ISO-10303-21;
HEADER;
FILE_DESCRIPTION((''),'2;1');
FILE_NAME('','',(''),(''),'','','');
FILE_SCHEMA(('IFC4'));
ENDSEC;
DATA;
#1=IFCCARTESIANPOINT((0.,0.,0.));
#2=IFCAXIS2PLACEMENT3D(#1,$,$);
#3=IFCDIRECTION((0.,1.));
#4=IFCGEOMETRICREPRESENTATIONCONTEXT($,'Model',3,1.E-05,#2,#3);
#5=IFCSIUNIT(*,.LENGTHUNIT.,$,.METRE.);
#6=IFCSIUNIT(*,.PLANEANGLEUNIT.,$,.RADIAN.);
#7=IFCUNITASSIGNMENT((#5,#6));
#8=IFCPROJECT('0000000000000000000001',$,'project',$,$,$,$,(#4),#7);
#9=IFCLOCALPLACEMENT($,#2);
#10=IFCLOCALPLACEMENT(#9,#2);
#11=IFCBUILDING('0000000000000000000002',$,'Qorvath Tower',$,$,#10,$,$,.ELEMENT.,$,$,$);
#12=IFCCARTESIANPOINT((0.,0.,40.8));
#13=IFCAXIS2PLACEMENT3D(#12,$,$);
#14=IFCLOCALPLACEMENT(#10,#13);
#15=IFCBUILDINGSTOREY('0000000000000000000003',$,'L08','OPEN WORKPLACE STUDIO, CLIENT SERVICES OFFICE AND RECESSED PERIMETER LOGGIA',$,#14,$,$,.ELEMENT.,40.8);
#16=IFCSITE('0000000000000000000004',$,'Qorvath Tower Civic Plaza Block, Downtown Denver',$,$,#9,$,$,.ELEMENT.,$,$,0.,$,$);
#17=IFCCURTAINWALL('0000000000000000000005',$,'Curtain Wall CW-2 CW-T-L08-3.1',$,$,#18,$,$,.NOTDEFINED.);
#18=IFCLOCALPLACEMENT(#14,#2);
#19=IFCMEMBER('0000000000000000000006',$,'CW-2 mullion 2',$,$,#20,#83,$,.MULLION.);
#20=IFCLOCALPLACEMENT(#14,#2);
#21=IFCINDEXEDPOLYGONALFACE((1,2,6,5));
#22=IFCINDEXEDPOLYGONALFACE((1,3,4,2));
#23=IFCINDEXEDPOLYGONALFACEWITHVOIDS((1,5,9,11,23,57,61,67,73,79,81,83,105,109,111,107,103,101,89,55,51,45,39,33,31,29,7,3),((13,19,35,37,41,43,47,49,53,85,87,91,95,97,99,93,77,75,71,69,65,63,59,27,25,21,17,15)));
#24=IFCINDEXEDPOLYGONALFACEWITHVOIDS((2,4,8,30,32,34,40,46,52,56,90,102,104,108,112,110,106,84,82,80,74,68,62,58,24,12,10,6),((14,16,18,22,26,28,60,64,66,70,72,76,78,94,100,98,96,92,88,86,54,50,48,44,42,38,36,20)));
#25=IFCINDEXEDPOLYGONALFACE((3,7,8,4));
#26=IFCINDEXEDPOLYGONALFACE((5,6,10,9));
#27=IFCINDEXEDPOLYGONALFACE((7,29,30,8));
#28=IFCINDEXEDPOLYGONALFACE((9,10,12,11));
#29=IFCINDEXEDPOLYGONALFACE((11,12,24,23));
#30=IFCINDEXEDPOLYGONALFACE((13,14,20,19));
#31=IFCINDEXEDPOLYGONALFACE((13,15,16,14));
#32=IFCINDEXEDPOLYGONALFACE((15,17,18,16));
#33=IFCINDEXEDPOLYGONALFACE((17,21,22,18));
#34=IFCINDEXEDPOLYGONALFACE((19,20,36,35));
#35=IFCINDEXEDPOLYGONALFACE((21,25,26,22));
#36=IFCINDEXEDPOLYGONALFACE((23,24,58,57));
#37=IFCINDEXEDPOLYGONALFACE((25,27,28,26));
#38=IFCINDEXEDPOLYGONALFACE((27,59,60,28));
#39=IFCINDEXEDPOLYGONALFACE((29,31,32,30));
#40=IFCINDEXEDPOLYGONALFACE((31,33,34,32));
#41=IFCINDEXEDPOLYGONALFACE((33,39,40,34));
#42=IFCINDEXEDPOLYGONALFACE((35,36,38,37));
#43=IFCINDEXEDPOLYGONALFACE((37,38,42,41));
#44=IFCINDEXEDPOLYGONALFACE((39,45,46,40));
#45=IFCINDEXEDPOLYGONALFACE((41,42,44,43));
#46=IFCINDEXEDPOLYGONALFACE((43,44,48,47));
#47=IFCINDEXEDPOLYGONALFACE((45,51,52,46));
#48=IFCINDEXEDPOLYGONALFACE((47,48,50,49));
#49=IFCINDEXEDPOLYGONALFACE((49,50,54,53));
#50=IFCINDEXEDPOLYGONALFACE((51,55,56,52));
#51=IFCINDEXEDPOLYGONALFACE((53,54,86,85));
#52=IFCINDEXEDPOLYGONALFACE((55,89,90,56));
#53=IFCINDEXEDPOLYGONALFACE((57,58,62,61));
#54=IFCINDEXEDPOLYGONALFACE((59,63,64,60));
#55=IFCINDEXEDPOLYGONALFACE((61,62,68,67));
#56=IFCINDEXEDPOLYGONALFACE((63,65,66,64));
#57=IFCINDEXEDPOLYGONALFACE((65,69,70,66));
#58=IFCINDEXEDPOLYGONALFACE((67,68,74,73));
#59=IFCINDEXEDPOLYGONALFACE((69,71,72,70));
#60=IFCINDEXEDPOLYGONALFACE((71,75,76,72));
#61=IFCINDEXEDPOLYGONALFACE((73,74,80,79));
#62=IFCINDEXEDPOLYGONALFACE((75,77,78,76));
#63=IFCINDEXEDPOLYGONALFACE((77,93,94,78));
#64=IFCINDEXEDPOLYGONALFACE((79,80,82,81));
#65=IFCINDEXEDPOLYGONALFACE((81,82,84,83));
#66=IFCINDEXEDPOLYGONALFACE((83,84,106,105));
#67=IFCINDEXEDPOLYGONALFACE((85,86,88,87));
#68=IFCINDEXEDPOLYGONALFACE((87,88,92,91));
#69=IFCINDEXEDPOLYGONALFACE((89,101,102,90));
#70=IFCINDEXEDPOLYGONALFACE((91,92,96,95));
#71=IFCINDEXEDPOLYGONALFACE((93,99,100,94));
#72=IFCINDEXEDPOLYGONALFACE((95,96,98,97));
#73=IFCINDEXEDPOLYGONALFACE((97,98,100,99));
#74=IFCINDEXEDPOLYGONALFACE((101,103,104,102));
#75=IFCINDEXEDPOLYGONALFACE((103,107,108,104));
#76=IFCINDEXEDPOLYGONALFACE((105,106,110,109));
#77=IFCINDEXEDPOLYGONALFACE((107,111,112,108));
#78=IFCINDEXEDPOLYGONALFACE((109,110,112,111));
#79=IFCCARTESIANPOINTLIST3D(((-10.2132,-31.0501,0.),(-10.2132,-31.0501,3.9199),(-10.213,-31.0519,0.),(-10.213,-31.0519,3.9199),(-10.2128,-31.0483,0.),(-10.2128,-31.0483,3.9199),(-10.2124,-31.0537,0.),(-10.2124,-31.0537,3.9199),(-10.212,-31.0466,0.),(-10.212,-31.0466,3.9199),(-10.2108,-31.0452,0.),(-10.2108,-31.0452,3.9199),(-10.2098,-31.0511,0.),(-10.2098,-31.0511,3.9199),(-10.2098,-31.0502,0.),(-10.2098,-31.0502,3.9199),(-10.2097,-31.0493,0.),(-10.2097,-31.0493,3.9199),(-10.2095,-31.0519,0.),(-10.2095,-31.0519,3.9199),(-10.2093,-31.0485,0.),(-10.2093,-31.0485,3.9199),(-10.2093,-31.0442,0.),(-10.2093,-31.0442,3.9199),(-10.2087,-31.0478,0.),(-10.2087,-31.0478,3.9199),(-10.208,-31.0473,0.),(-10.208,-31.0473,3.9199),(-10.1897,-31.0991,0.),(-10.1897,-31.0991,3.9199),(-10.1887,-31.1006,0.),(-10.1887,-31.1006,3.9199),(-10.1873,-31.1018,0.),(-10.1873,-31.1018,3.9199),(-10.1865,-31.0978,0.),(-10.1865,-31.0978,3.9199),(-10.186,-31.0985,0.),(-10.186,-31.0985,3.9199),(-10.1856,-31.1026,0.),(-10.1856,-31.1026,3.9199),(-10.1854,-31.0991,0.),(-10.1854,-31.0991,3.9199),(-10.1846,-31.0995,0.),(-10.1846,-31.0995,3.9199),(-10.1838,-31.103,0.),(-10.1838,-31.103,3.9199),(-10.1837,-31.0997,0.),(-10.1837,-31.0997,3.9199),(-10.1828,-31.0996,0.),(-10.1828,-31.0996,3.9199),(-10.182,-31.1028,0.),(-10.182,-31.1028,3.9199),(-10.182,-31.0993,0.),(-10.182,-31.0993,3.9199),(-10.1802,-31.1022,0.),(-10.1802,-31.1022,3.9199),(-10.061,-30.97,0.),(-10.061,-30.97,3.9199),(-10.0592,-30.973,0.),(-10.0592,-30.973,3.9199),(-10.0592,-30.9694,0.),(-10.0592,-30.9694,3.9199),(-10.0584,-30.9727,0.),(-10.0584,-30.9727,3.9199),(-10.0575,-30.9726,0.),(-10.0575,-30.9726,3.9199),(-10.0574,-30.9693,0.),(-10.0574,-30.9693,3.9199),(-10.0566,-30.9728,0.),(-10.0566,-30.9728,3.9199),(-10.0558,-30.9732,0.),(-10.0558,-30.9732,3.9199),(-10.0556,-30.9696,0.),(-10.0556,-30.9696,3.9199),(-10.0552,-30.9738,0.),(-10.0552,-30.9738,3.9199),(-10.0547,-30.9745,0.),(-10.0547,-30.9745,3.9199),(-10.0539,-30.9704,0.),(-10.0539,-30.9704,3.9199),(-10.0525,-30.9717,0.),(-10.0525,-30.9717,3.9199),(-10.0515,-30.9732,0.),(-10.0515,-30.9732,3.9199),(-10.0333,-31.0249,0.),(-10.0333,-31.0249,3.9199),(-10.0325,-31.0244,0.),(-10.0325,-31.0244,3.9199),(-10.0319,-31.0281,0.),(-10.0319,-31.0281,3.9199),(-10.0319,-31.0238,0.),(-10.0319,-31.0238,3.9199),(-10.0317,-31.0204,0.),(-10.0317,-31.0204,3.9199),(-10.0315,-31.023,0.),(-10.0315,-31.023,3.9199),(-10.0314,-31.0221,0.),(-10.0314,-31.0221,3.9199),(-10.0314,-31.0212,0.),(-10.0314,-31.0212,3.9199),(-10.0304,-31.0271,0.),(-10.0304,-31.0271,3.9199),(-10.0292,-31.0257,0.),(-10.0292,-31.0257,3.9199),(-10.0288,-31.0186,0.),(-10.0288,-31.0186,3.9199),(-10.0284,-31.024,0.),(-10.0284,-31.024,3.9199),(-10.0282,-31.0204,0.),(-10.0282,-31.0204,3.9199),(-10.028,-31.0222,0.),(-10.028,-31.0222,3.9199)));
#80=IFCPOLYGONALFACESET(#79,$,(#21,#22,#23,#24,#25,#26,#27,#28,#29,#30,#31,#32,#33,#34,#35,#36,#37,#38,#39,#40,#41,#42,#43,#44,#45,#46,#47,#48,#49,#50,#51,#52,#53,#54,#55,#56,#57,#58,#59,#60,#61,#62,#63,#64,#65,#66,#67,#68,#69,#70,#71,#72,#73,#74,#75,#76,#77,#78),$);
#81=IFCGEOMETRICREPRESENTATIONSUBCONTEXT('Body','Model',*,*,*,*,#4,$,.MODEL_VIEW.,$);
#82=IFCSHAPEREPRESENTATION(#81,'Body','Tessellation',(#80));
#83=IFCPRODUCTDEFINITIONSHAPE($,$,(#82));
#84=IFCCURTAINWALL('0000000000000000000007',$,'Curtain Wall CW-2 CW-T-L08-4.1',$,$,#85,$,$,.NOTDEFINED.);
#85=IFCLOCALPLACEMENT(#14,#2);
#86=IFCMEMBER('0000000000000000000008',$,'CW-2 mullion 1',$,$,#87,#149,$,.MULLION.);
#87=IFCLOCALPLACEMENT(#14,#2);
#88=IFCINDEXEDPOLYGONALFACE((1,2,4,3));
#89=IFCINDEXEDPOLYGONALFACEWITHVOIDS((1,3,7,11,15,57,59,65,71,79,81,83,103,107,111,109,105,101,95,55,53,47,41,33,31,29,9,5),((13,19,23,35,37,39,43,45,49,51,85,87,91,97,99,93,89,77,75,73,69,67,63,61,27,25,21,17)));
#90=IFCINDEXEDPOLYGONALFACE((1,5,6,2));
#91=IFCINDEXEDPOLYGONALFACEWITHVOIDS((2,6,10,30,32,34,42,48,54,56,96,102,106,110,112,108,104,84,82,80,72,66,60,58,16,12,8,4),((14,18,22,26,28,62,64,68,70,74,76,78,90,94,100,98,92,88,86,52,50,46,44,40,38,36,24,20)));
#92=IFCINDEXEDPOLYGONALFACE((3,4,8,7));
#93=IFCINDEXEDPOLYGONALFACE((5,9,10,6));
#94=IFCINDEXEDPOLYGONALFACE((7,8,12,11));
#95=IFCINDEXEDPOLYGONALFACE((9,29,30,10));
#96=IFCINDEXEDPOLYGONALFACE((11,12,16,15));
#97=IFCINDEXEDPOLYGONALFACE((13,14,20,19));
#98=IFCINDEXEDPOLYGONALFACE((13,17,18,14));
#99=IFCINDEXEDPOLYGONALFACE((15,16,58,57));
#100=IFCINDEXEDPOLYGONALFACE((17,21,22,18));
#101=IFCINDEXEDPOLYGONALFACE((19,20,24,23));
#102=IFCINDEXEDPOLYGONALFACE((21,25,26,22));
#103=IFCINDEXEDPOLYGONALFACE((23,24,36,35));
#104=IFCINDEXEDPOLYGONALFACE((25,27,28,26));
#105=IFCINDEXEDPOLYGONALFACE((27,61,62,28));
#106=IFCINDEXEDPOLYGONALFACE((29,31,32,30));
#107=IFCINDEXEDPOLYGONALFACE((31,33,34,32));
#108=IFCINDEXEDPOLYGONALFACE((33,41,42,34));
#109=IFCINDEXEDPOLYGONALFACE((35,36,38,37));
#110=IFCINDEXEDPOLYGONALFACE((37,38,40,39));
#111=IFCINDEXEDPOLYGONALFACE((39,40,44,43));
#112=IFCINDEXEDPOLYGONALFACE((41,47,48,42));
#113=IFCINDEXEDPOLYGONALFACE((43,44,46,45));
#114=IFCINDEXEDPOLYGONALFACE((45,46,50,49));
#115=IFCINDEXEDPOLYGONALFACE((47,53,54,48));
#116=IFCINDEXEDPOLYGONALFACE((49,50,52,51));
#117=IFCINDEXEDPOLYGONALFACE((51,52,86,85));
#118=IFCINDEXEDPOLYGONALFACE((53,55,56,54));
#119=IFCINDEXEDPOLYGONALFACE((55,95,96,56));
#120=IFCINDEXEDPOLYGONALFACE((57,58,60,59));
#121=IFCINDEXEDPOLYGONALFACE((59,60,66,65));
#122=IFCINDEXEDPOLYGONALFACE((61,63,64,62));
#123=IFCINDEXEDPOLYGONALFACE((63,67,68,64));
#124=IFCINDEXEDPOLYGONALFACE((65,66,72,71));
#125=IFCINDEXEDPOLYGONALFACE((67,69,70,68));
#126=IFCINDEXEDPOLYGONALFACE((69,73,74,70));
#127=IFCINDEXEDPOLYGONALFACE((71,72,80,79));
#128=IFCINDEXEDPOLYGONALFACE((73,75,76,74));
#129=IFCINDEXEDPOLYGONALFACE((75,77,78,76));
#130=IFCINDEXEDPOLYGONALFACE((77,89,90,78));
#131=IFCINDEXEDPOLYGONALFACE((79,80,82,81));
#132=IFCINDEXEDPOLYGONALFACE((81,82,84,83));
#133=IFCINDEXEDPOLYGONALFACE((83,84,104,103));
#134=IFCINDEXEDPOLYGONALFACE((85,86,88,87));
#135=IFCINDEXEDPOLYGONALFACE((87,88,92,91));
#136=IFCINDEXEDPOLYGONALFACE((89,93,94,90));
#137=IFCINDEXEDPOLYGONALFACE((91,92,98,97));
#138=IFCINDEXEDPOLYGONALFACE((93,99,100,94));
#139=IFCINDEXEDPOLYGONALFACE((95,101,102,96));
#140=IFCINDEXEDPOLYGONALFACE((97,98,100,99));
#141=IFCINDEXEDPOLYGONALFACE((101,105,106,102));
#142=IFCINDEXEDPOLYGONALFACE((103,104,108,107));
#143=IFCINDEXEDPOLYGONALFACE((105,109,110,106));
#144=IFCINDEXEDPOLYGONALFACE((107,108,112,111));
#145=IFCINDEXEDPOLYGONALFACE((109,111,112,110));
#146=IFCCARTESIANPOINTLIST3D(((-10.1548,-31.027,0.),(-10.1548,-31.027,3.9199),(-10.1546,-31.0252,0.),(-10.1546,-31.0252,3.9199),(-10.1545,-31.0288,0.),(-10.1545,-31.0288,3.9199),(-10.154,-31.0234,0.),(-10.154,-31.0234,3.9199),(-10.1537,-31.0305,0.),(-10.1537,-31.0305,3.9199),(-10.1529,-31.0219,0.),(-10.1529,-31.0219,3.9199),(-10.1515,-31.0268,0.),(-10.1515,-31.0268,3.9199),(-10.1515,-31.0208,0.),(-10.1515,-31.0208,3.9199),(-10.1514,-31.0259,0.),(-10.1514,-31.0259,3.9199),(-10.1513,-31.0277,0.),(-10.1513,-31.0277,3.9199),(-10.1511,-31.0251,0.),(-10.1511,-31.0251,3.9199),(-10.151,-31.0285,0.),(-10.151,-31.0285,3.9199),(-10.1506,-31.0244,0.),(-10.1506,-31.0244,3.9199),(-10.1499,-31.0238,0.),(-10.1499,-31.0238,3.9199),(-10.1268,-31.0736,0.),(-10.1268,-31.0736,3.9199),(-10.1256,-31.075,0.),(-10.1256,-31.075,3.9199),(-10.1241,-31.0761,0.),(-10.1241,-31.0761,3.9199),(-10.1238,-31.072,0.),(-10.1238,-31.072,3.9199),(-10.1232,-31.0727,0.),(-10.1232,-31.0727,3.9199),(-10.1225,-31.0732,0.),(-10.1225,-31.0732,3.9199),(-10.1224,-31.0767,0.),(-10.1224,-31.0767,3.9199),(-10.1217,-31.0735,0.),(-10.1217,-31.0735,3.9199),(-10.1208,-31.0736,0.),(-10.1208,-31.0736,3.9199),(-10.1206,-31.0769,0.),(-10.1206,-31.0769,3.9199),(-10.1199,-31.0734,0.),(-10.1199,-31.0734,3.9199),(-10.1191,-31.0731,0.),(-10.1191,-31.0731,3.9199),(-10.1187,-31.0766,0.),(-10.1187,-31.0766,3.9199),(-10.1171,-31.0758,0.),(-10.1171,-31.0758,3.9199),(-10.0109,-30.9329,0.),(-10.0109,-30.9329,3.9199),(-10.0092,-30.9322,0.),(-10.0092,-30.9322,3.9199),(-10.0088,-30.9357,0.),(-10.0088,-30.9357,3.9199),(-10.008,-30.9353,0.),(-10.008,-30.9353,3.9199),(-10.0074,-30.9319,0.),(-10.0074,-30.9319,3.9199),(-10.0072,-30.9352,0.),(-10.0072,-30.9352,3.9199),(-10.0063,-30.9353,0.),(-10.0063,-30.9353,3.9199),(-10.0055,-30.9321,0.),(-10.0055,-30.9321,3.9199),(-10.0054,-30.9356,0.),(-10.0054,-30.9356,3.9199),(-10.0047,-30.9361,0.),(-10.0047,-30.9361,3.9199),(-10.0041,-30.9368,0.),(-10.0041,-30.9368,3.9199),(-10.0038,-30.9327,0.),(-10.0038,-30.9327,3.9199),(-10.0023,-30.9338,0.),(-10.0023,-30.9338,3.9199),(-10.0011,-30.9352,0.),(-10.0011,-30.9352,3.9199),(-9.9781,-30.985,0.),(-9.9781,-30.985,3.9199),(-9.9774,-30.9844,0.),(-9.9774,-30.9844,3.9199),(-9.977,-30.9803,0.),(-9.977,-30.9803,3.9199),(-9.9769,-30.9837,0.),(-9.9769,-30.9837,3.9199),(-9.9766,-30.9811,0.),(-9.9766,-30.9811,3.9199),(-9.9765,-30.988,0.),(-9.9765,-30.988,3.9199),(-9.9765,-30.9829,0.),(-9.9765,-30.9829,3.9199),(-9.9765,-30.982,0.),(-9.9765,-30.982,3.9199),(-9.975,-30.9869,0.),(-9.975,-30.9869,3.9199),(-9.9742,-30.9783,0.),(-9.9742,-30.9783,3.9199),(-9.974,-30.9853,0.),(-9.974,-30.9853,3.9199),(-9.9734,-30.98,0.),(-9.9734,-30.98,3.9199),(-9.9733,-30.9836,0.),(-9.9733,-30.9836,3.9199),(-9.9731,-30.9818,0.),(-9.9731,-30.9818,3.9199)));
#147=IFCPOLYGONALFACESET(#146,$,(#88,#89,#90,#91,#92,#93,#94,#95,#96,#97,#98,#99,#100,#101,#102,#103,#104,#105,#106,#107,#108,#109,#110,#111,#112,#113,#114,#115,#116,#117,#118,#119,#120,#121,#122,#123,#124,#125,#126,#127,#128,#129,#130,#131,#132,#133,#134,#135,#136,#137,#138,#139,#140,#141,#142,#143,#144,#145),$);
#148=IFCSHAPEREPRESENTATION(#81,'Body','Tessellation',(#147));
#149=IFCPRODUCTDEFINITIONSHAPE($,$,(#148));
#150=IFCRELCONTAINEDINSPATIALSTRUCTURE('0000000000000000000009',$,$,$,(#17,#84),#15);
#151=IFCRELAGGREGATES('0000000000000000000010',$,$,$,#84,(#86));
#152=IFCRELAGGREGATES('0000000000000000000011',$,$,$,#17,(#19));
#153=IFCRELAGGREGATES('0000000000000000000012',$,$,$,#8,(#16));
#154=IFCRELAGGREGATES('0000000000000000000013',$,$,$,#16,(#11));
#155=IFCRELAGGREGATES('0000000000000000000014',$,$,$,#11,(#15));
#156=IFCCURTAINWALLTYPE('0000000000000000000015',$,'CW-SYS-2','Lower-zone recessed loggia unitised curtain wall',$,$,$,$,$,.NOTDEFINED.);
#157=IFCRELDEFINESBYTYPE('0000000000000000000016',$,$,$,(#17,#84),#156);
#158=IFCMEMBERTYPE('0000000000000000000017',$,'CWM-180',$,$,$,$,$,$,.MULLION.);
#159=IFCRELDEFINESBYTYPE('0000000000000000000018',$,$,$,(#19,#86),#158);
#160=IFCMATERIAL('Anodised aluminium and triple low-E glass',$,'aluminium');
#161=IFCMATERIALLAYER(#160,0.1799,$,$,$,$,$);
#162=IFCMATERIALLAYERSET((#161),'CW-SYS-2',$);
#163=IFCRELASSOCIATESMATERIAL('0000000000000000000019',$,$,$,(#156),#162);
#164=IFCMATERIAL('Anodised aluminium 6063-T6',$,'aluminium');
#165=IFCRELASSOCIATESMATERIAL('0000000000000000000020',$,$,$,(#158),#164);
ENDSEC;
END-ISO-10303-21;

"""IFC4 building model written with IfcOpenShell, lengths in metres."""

from ifc_helpers import new_model, si_unit, direction, frame, origin, origin_2d, place, context, subcontext, project, spatial, hollow_rectangle, extrude, material, layer, layer_set, material_profile, profile_set, type_object, element, aggregate, save


model = new_model("IFC4")

# Units and contexts
model_context = context("Model", 3, precision=1e-05, world=origin(), true_north=direction((0.0, 1.0)))
body_context = subcontext(model_context, "Body", "Model", "MODEL_VIEW")
ifc_project = project(units=[si_unit("LENGTHUNIT", "METRE"), si_unit("PLANEANGLEUNIT", "RADIAN")], contexts=[model_context])

# Site, building, storey
site_placement = place(None, origin())
site = spatial("IfcSite", under=ifc_project, at=site_placement, Name="Qorvath Tower Civic Plaza Block, Downtown Denver", CompositionType="ELEMENT", RefElevation=0.0)
building_placement = place(site_placement, origin())
building = spatial("IfcBuilding", under=site, at=building_placement, Name="Qorvath Tower", CompositionType="ELEMENT")
storey_placement = place(building_placement, frame((0.0, 0.0, 40.8)))
storey = spatial("IfcBuildingStorey", under=building, at=storey_placement, Name="L08", Description="OPEN WORKPLACE STUDIO, CLIENT SERVICES OFFICE AND RECESSED PERIMETER LOGGIA", CompositionType="ELEMENT", Elevation=40.8)

# Curtain wall, member
ifc_material_1 = material(Name="Anodised aluminium and triple low-E glass", Category="aluminium")
ifc_layer_1 = layer(ifc_material_1, 0.1799)
ifc_layer_set_1 = layer_set([ifc_layer_1], Name="CW-SYS-2")
curtain_wall_type = type_object("IfcCurtainWallType", Name="CW-SYS-2", Description="Lower-zone recessed loggia unitised curtain wall", PredefinedType="NOTDEFINED", material=ifc_layer_set_1)
ifc_material_2 = material(Name="Anodised aluminium 6063-T6", Category="aluminium")
ifc_material_profile_1 = material_profile(ifc_material_2, hollow_rectangle(XDim=0.0649, YDim=0.1799, WallThickness=0.0034, InnerFilletRadius=0.0034, OuterFilletRadius=0.0071, at=origin_2d()), Name="CWM 180x65")
ifc_profile_set_1 = profile_set([ifc_material_profile_1], Name="Anodised aluminium 6063-T6")
member_type_1 = type_object("IfcMemberType", Name="CWM-180", PredefinedType="MULLION", material=ifc_profile_set_1)
curtain_wall_1_placement = place(storey_placement, origin())
curtain_wall_1 = element("IfcCurtainWall", 1, at=curtain_wall_1_placement, inside=storey, type_object=curtain_wall_type, Name="Curtain Wall CW-2 CW-T-L08-3.1", PredefinedType="NOTDEFINED")
member_1_placement = place(storey_placement, frame((-10.1206, -31.0361, 0.0), z_axis=(0.0, 0.0, 1.0), x_axis=(-0.447259, 0.894405, 0.0)))
member_1 = element("IfcMember", 2, at=member_1_placement, type_object=member_type_1, Name="CW-2 mullion 2", PredefinedType="MULLION", context=body_context, shape_type="SweptSolid", body=[
    extrude(hollow_rectangle(XDim=0.0649, YDim=0.1799, WallThickness=0.0034, InnerFilletRadius=0.0034, OuterFilletRadius=0.0071, at=origin_2d()), origin(), (0.0, 0.0, 1.0), 3.9199),
])

# Curtain wall, member
curtain_wall_2_placement = place(storey_placement, origin())
curtain_wall_2 = element("IfcCurtainWall", 3, at=curtain_wall_2_placement, inside=storey, type_object=curtain_wall_type, Name="Curtain Wall CW-2 CW-T-L08-4.1", PredefinedType="NOTDEFINED")
member_2_placement = place(storey_placement, frame((-10.064, -31.0044, 0.0), z_axis=(0.0, 0.0, 1.0), x_axis=(-0.529724, 0.84817, 0.0)))
member_2 = element("IfcMember", 4, at=member_2_placement, type_object=member_type_1, Name="CW-2 mullion 1", PredefinedType="MULLION", context=body_context, shape_type="SweptSolid", body=[
    extrude(hollow_rectangle(XDim=0.0649, YDim=0.1799, WallThickness=0.0034, InnerFilletRadius=0.0034, OuterFilletRadius=0.0071, at=origin_2d()), origin(), (0.0, 0.0, 1.0), 3.9199),
])

aggregate(curtain_wall_2, [member_2])

aggregate(curtain_wall_1, [member_1])

save(model, "model.ifc")
